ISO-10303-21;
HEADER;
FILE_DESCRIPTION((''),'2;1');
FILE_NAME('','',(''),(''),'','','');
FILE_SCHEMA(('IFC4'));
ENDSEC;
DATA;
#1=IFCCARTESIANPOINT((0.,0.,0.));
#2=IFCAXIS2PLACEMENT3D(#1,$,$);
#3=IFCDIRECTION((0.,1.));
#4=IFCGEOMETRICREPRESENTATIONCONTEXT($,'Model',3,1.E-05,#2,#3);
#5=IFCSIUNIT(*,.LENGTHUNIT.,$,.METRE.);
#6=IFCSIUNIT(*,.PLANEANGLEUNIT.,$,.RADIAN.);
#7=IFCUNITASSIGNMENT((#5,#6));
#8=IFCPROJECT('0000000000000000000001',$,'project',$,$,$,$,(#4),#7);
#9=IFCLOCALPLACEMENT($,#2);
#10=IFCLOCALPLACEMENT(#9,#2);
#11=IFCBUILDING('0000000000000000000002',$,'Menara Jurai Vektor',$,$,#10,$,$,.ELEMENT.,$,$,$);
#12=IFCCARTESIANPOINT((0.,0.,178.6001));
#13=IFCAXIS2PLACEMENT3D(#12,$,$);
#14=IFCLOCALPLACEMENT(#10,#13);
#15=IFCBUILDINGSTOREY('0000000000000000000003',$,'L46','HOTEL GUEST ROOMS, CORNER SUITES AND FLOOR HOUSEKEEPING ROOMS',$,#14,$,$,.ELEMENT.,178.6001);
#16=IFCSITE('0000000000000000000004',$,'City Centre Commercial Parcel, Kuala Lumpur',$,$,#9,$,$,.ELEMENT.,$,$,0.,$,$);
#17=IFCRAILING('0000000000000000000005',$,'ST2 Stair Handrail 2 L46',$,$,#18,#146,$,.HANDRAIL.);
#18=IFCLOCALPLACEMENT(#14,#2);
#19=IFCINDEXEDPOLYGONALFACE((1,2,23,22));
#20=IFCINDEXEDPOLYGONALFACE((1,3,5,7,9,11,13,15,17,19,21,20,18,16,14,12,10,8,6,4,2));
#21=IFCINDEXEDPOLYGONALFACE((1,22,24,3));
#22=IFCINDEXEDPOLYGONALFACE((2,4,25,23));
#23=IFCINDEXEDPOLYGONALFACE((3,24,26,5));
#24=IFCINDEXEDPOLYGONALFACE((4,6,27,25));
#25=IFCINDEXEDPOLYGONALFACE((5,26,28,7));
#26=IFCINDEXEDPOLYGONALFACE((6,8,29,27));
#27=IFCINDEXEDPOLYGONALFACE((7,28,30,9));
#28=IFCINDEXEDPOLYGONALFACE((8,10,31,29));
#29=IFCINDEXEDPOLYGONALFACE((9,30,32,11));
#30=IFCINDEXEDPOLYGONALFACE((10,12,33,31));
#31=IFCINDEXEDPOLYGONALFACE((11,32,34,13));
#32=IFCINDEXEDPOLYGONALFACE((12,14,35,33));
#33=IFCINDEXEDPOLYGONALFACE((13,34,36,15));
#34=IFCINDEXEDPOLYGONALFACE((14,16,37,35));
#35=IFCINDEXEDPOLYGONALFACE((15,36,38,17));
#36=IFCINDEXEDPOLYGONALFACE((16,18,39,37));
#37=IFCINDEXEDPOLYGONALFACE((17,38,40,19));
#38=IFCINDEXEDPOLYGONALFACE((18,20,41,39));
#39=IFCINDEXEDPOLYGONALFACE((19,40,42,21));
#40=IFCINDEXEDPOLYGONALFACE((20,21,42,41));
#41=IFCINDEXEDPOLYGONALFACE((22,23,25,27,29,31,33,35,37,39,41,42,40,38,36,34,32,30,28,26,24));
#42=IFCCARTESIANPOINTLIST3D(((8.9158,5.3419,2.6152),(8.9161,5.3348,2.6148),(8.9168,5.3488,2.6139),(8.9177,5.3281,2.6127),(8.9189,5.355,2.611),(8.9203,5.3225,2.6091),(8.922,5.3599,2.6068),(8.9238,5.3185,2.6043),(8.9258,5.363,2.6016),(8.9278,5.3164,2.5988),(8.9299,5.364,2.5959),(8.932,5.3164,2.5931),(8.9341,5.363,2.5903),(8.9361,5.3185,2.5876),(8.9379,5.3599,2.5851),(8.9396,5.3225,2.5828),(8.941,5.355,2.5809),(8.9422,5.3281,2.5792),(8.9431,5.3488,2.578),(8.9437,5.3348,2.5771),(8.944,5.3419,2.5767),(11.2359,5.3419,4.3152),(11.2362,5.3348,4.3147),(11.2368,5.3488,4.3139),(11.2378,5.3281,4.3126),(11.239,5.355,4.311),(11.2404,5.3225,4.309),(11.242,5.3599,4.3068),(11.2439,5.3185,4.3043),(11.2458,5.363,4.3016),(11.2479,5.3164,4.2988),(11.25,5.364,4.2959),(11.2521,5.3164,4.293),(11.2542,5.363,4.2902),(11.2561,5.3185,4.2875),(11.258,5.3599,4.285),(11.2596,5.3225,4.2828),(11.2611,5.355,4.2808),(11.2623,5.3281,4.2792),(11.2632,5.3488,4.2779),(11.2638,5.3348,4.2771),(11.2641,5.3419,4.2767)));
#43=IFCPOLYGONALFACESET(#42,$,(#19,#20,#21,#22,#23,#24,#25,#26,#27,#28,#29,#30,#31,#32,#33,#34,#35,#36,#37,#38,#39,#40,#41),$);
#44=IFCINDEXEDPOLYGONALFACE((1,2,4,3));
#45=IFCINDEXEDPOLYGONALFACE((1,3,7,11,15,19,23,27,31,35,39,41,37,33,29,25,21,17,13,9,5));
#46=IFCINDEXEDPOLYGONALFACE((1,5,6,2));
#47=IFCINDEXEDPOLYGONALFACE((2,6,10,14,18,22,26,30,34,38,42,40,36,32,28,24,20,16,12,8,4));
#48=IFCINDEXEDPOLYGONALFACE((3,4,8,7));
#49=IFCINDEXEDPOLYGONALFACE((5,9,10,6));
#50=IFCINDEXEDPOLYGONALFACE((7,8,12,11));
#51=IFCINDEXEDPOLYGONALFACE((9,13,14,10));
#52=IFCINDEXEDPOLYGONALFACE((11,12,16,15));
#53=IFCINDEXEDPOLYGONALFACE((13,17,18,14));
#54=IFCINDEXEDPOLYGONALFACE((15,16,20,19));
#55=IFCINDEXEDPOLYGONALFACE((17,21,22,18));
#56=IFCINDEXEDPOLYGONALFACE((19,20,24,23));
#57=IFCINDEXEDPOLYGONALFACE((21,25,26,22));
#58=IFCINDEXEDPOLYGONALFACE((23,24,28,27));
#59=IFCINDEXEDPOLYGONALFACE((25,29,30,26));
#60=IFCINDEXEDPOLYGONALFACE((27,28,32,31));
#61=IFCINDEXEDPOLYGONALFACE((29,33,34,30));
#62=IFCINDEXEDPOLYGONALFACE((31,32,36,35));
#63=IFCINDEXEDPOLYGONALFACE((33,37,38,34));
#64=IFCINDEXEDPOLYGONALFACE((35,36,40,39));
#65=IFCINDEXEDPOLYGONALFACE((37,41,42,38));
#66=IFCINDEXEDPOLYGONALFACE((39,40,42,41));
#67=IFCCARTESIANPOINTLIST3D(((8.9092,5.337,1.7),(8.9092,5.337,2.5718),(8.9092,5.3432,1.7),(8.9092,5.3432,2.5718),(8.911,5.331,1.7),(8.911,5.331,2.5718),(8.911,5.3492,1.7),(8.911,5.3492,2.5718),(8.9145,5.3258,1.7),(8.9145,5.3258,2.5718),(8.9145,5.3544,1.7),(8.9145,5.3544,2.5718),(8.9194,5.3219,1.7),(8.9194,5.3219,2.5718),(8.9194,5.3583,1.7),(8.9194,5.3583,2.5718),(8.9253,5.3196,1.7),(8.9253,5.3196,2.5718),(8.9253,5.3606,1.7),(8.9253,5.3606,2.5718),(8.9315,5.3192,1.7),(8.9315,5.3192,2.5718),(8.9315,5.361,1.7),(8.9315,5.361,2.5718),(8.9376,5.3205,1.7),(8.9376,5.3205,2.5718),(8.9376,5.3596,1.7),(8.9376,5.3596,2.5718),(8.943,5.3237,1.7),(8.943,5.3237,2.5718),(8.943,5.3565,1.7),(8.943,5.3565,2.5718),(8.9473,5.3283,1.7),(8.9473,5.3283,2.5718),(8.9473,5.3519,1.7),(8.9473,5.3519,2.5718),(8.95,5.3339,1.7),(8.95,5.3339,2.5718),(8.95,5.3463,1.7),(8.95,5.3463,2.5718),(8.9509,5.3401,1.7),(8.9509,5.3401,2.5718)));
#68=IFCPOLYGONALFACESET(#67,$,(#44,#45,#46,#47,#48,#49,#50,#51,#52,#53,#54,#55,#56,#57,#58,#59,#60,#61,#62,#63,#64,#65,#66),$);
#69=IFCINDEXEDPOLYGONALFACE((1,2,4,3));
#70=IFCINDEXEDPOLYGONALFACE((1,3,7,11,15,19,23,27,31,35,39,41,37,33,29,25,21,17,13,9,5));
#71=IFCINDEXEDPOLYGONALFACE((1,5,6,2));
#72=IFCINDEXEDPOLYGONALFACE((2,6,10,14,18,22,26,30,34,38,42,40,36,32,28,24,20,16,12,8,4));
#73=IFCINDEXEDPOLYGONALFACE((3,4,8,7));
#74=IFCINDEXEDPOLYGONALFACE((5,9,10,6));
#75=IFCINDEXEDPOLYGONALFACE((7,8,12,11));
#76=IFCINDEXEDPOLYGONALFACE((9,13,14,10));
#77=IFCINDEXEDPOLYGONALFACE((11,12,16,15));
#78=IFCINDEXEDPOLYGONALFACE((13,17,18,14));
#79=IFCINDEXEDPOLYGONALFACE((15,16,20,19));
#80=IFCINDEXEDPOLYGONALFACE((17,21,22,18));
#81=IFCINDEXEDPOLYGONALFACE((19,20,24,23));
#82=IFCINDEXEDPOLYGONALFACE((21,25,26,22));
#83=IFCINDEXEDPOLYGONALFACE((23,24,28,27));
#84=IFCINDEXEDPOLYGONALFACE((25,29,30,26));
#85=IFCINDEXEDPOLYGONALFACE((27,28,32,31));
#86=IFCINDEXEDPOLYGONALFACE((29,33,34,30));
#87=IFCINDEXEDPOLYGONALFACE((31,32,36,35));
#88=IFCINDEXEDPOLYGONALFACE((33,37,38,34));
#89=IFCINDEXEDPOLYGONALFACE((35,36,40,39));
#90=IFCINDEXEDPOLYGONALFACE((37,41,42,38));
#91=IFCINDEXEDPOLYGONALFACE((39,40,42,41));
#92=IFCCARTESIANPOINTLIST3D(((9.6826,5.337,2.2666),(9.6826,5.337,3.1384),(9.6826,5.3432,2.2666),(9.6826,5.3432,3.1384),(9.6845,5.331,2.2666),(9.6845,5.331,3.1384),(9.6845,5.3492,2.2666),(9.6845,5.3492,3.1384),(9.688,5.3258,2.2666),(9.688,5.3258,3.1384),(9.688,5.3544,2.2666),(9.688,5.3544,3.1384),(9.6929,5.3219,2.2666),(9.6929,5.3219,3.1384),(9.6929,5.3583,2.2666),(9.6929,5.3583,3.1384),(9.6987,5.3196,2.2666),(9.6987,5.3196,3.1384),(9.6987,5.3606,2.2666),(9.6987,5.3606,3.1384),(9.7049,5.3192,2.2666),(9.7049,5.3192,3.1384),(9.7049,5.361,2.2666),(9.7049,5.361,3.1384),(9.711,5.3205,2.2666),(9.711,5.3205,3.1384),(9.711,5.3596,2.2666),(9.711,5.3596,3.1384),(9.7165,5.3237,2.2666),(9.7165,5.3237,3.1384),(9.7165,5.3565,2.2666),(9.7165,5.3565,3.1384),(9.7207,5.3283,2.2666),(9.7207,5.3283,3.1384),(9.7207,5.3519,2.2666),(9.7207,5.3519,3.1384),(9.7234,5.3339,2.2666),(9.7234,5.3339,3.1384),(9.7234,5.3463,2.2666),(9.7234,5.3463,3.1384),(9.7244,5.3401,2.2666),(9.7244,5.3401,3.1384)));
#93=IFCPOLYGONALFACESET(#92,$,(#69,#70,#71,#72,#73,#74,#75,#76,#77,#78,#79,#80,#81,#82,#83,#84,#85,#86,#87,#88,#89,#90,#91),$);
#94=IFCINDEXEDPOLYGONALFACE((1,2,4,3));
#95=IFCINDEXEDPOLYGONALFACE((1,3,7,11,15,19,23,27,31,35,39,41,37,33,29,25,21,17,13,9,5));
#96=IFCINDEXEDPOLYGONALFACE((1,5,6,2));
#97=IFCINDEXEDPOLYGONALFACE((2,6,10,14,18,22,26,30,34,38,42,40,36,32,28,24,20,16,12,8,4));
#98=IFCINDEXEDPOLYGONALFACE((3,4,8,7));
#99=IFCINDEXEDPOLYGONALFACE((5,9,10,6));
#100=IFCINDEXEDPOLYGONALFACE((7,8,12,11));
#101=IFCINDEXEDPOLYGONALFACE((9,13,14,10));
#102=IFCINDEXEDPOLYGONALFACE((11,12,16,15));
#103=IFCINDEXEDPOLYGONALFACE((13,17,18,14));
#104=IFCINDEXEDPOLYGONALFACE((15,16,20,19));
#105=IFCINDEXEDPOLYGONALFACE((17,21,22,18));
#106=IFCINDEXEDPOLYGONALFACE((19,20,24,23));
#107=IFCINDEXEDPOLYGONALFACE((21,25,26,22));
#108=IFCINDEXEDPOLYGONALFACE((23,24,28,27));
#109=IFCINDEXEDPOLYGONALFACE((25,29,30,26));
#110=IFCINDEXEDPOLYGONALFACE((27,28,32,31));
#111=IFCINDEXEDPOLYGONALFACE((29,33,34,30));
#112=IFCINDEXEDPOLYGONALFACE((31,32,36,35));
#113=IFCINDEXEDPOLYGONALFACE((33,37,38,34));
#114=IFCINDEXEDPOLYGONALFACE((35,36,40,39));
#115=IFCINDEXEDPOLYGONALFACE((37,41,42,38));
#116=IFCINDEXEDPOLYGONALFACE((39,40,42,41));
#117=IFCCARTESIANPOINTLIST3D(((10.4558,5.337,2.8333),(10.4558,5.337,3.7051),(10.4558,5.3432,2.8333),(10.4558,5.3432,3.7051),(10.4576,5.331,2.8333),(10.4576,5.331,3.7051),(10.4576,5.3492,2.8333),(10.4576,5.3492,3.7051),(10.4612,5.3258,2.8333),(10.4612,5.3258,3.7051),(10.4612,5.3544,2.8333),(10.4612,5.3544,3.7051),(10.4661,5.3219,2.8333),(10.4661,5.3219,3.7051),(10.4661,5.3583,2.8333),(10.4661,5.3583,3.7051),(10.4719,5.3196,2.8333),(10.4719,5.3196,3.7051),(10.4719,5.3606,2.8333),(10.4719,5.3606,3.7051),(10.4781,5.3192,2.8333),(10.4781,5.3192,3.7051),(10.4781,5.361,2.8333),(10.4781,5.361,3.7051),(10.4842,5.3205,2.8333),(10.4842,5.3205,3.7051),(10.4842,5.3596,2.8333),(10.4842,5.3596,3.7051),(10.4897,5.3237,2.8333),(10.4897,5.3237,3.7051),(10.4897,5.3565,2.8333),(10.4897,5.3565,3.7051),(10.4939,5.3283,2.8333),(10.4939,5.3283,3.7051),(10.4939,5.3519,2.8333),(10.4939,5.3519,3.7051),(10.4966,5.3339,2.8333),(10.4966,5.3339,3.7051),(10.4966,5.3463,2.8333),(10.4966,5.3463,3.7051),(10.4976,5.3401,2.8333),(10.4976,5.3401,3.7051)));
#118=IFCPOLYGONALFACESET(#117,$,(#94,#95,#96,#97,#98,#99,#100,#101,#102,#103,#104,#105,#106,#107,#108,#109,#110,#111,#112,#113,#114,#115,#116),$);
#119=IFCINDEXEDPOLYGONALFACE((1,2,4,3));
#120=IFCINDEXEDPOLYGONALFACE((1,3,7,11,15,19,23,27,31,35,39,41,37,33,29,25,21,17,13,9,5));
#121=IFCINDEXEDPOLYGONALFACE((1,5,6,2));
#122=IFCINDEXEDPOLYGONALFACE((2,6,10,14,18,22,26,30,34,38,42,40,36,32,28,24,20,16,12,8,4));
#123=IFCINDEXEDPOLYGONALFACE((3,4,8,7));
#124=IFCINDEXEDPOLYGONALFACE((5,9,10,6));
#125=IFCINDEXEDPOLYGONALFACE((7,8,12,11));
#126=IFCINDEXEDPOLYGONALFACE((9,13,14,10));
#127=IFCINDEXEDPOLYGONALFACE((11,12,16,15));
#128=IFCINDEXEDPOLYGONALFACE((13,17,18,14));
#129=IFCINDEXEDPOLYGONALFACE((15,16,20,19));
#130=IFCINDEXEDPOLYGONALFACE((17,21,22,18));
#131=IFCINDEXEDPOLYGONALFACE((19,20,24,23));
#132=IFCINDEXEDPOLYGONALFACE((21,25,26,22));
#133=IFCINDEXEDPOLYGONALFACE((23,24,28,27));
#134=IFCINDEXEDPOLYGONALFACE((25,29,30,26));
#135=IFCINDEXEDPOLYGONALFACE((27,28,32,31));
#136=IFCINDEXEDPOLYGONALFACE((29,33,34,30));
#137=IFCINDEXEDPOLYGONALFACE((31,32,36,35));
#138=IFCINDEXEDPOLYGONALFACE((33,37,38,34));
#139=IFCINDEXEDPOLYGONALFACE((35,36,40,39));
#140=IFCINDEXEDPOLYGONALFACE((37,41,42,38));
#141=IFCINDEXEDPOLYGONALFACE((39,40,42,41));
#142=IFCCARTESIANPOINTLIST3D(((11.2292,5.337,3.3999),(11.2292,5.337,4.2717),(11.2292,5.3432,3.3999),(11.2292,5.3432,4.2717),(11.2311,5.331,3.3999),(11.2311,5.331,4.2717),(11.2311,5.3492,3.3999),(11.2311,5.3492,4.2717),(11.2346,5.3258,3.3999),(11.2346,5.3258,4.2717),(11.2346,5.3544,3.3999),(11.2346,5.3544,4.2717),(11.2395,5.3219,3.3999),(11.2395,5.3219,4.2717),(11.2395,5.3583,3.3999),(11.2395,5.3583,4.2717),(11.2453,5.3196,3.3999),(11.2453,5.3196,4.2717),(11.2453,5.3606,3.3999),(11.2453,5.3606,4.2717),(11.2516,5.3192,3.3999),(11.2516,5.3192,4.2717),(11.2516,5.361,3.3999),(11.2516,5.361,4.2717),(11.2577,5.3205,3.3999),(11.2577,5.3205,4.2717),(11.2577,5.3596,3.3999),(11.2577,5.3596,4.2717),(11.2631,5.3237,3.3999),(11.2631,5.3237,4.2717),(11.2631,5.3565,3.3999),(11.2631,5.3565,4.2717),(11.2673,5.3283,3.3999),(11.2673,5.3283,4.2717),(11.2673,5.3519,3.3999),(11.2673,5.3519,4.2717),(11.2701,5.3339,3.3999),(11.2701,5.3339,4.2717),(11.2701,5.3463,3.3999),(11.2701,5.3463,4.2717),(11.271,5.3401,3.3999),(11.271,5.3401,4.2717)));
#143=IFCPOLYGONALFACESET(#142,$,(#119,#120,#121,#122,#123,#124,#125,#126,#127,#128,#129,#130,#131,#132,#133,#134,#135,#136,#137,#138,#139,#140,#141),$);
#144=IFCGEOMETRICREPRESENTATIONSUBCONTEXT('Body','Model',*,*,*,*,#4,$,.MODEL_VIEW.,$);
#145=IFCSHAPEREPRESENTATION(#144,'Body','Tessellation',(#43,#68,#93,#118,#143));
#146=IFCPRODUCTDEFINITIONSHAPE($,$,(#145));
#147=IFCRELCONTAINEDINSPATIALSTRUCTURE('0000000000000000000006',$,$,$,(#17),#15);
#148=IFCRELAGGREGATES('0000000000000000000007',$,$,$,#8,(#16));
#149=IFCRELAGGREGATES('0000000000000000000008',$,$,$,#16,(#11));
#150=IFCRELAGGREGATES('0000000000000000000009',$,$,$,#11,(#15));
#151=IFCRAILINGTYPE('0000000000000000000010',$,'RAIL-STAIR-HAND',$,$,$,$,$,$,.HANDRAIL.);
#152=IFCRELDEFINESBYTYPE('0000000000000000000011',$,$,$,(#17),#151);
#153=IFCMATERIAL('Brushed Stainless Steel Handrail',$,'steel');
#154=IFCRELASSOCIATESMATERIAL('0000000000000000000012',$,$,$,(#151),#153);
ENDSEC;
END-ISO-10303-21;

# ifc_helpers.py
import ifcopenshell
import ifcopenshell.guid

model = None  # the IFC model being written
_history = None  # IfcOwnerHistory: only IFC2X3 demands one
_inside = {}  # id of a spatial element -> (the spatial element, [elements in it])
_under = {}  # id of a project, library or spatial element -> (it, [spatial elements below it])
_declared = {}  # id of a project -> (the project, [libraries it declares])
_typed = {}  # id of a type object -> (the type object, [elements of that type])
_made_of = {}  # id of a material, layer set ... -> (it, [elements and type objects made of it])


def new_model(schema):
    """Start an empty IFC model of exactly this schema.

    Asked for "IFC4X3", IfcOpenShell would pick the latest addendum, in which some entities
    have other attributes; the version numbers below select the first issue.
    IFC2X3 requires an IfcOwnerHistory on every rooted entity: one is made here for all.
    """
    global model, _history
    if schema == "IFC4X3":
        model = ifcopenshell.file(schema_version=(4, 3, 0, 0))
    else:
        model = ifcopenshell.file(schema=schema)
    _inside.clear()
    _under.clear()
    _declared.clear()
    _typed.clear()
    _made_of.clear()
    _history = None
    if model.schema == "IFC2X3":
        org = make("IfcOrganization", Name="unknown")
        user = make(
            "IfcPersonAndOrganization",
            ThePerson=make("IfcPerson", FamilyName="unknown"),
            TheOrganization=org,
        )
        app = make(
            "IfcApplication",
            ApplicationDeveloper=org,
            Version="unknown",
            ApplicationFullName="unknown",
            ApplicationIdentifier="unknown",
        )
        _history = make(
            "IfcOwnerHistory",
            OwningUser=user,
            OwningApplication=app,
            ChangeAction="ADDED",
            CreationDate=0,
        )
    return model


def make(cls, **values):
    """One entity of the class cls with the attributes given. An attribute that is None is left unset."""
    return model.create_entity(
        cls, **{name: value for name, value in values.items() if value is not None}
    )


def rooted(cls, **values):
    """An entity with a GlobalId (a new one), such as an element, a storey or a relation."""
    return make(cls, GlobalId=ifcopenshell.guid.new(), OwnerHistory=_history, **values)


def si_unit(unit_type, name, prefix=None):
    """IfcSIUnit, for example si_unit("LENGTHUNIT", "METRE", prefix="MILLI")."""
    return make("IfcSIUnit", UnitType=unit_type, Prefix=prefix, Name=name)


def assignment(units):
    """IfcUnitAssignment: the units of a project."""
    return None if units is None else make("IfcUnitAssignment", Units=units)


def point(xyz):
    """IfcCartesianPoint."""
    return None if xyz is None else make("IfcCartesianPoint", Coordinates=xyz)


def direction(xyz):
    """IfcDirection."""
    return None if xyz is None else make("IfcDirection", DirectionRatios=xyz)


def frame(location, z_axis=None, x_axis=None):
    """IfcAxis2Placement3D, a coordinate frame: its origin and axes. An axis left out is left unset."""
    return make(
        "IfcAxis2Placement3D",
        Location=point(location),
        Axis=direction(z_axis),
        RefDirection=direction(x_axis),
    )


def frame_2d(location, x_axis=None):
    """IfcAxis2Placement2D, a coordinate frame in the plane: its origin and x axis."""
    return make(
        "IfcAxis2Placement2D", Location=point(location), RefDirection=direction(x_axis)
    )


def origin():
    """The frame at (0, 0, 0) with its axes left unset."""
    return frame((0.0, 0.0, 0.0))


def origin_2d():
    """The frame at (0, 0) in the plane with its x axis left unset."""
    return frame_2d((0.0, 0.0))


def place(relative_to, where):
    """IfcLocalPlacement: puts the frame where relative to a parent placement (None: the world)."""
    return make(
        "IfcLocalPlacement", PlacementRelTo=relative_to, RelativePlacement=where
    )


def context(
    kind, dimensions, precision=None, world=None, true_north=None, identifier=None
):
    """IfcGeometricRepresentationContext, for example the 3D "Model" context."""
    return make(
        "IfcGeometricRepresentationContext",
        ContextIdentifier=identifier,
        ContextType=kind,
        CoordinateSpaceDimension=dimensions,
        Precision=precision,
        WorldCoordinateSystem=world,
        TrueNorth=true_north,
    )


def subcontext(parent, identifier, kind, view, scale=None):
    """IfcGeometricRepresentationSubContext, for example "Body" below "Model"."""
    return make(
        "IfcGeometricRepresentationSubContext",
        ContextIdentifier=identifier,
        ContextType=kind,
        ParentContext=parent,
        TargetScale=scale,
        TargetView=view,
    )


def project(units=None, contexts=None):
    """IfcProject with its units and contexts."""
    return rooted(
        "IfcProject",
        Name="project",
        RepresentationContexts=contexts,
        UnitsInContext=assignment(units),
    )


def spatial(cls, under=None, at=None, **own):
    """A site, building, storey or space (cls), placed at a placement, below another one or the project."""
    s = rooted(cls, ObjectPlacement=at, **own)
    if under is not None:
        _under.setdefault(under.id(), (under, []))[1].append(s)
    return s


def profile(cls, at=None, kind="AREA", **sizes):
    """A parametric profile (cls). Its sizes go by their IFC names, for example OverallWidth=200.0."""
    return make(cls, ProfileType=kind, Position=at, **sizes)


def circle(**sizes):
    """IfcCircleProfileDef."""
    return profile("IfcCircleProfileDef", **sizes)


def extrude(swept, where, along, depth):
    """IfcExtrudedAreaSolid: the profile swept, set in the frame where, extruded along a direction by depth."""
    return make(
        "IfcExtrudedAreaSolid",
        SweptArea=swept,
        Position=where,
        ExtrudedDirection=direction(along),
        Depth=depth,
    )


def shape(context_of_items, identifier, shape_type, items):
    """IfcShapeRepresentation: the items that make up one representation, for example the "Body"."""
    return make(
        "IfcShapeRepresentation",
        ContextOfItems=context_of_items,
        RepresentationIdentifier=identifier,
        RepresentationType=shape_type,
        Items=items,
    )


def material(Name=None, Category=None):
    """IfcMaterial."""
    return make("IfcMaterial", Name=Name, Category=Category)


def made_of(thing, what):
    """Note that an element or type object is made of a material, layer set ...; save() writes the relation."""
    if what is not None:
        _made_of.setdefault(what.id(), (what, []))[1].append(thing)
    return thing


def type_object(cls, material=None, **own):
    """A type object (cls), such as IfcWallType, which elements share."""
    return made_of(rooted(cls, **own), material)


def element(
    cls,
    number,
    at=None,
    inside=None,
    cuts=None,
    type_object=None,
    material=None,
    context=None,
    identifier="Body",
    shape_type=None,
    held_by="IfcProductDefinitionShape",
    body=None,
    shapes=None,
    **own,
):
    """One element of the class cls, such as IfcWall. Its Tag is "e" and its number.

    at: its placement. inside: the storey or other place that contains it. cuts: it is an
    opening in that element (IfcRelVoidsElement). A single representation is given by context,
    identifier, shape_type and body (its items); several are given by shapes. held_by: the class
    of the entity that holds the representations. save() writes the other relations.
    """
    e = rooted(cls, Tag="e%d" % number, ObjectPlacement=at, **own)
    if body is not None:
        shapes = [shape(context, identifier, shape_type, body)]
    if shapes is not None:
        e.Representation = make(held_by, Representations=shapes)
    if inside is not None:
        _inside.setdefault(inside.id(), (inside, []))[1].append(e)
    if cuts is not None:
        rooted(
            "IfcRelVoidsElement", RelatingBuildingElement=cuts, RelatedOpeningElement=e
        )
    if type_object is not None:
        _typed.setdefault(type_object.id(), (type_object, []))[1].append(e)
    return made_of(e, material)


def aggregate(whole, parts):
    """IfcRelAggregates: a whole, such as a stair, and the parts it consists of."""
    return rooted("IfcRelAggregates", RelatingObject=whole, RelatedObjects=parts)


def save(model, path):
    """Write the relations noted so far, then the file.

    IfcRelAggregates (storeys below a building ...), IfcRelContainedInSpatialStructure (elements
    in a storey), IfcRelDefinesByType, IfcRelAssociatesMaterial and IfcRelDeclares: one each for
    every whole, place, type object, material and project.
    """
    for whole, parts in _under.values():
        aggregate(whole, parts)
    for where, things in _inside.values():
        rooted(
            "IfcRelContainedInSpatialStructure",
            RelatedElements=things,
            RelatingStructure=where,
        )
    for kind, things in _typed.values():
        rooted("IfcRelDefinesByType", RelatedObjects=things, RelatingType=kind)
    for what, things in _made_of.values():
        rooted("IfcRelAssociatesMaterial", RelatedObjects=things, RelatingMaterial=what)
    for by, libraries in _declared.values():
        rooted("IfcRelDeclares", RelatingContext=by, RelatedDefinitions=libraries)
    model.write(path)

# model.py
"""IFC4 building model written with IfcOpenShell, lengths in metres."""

from ifc_helpers import new_model, si_unit, direction, frame, origin, origin_2d, place, context, subcontext, project, spatial, circle, extrude, material, type_object, element, save


model = new_model("IFC4")

# Units and contexts
model_context = context("Model", 3, precision=1e-05, world=origin(), true_north=direction((0.0, 1.0)))
body_context = subcontext(model_context, "Body", "Model", "MODEL_VIEW")
ifc_project = project(units=[si_unit("LENGTHUNIT", "METRE"), si_unit("PLANEANGLEUNIT", "RADIAN")], contexts=[model_context])

# Site, building, storey
site_placement = place(None, origin())
site = spatial("IfcSite", under=ifc_project, at=site_placement, Name="City Centre Commercial Parcel, Kuala Lumpur", CompositionType="ELEMENT", RefElevation=0.0)
building_placement = place(site_placement, origin())
building = spatial("IfcBuilding", under=site, at=building_placement, Name="Menara Jurai Vektor", CompositionType="ELEMENT")
storey_placement = place(building_placement, frame((0.0, 0.0, 178.6001)))
storey = spatial("IfcBuildingStorey", under=building, at=storey_placement, Name="L46", Description="HOTEL GUEST ROOMS, CORNER SUITES AND FLOOR HOUSEKEEPING ROOMS", CompositionType="ELEMENT", Elevation=178.6001)

# Railing
ifc_material_1 = material(Name="Brushed Stainless Steel Handrail", Category="steel")
railing_type_1 = type_object("IfcRailingType", Name="RAIL-STAIR-HAND", PredefinedType="HANDRAIL", material=ifc_material_1)
railing_1_placement = place(storey_placement, frame((8.9299, 5.3401, 1.7)))
element("IfcRailing", 1, at=railing_1_placement, inside=storey, type_object=railing_type_1, Name="ST2 Stair Handrail 2 L46", PredefinedType="HANDRAIL", context=body_context, shape_type="SweptSolid", body=[
    extrude(circle(Radius=0.0239, at=origin_2d()), frame((0.0, 0.0, 0.896), z_axis=(0.806642, 0.0, 0.59104), x_axis=(0.0, 1.0, 0.0)), (0.0, 0.0, 1.0), 2.8762),
    extrude(circle(Radius=0.021, at=origin_2d()), origin(), (0.0, 0.0, 1.0), 0.8718),
    extrude(circle(Radius=0.021, at=origin_2d()), frame((0.7734, 0.0, 0.5667)), (0.0, 0.0, 1.0), 0.8718),
    extrude(circle(Radius=0.021, at=origin_2d()), frame((1.5466, 0.0, 1.1333)), (0.0, 0.0, 1.0), 0.8718),
    extrude(circle(Radius=0.021, at=origin_2d()), frame((2.3201, 0.0, 1.7)), (0.0, 0.0, 1.0), 0.8718),
])

save(model, "model.ifc")
